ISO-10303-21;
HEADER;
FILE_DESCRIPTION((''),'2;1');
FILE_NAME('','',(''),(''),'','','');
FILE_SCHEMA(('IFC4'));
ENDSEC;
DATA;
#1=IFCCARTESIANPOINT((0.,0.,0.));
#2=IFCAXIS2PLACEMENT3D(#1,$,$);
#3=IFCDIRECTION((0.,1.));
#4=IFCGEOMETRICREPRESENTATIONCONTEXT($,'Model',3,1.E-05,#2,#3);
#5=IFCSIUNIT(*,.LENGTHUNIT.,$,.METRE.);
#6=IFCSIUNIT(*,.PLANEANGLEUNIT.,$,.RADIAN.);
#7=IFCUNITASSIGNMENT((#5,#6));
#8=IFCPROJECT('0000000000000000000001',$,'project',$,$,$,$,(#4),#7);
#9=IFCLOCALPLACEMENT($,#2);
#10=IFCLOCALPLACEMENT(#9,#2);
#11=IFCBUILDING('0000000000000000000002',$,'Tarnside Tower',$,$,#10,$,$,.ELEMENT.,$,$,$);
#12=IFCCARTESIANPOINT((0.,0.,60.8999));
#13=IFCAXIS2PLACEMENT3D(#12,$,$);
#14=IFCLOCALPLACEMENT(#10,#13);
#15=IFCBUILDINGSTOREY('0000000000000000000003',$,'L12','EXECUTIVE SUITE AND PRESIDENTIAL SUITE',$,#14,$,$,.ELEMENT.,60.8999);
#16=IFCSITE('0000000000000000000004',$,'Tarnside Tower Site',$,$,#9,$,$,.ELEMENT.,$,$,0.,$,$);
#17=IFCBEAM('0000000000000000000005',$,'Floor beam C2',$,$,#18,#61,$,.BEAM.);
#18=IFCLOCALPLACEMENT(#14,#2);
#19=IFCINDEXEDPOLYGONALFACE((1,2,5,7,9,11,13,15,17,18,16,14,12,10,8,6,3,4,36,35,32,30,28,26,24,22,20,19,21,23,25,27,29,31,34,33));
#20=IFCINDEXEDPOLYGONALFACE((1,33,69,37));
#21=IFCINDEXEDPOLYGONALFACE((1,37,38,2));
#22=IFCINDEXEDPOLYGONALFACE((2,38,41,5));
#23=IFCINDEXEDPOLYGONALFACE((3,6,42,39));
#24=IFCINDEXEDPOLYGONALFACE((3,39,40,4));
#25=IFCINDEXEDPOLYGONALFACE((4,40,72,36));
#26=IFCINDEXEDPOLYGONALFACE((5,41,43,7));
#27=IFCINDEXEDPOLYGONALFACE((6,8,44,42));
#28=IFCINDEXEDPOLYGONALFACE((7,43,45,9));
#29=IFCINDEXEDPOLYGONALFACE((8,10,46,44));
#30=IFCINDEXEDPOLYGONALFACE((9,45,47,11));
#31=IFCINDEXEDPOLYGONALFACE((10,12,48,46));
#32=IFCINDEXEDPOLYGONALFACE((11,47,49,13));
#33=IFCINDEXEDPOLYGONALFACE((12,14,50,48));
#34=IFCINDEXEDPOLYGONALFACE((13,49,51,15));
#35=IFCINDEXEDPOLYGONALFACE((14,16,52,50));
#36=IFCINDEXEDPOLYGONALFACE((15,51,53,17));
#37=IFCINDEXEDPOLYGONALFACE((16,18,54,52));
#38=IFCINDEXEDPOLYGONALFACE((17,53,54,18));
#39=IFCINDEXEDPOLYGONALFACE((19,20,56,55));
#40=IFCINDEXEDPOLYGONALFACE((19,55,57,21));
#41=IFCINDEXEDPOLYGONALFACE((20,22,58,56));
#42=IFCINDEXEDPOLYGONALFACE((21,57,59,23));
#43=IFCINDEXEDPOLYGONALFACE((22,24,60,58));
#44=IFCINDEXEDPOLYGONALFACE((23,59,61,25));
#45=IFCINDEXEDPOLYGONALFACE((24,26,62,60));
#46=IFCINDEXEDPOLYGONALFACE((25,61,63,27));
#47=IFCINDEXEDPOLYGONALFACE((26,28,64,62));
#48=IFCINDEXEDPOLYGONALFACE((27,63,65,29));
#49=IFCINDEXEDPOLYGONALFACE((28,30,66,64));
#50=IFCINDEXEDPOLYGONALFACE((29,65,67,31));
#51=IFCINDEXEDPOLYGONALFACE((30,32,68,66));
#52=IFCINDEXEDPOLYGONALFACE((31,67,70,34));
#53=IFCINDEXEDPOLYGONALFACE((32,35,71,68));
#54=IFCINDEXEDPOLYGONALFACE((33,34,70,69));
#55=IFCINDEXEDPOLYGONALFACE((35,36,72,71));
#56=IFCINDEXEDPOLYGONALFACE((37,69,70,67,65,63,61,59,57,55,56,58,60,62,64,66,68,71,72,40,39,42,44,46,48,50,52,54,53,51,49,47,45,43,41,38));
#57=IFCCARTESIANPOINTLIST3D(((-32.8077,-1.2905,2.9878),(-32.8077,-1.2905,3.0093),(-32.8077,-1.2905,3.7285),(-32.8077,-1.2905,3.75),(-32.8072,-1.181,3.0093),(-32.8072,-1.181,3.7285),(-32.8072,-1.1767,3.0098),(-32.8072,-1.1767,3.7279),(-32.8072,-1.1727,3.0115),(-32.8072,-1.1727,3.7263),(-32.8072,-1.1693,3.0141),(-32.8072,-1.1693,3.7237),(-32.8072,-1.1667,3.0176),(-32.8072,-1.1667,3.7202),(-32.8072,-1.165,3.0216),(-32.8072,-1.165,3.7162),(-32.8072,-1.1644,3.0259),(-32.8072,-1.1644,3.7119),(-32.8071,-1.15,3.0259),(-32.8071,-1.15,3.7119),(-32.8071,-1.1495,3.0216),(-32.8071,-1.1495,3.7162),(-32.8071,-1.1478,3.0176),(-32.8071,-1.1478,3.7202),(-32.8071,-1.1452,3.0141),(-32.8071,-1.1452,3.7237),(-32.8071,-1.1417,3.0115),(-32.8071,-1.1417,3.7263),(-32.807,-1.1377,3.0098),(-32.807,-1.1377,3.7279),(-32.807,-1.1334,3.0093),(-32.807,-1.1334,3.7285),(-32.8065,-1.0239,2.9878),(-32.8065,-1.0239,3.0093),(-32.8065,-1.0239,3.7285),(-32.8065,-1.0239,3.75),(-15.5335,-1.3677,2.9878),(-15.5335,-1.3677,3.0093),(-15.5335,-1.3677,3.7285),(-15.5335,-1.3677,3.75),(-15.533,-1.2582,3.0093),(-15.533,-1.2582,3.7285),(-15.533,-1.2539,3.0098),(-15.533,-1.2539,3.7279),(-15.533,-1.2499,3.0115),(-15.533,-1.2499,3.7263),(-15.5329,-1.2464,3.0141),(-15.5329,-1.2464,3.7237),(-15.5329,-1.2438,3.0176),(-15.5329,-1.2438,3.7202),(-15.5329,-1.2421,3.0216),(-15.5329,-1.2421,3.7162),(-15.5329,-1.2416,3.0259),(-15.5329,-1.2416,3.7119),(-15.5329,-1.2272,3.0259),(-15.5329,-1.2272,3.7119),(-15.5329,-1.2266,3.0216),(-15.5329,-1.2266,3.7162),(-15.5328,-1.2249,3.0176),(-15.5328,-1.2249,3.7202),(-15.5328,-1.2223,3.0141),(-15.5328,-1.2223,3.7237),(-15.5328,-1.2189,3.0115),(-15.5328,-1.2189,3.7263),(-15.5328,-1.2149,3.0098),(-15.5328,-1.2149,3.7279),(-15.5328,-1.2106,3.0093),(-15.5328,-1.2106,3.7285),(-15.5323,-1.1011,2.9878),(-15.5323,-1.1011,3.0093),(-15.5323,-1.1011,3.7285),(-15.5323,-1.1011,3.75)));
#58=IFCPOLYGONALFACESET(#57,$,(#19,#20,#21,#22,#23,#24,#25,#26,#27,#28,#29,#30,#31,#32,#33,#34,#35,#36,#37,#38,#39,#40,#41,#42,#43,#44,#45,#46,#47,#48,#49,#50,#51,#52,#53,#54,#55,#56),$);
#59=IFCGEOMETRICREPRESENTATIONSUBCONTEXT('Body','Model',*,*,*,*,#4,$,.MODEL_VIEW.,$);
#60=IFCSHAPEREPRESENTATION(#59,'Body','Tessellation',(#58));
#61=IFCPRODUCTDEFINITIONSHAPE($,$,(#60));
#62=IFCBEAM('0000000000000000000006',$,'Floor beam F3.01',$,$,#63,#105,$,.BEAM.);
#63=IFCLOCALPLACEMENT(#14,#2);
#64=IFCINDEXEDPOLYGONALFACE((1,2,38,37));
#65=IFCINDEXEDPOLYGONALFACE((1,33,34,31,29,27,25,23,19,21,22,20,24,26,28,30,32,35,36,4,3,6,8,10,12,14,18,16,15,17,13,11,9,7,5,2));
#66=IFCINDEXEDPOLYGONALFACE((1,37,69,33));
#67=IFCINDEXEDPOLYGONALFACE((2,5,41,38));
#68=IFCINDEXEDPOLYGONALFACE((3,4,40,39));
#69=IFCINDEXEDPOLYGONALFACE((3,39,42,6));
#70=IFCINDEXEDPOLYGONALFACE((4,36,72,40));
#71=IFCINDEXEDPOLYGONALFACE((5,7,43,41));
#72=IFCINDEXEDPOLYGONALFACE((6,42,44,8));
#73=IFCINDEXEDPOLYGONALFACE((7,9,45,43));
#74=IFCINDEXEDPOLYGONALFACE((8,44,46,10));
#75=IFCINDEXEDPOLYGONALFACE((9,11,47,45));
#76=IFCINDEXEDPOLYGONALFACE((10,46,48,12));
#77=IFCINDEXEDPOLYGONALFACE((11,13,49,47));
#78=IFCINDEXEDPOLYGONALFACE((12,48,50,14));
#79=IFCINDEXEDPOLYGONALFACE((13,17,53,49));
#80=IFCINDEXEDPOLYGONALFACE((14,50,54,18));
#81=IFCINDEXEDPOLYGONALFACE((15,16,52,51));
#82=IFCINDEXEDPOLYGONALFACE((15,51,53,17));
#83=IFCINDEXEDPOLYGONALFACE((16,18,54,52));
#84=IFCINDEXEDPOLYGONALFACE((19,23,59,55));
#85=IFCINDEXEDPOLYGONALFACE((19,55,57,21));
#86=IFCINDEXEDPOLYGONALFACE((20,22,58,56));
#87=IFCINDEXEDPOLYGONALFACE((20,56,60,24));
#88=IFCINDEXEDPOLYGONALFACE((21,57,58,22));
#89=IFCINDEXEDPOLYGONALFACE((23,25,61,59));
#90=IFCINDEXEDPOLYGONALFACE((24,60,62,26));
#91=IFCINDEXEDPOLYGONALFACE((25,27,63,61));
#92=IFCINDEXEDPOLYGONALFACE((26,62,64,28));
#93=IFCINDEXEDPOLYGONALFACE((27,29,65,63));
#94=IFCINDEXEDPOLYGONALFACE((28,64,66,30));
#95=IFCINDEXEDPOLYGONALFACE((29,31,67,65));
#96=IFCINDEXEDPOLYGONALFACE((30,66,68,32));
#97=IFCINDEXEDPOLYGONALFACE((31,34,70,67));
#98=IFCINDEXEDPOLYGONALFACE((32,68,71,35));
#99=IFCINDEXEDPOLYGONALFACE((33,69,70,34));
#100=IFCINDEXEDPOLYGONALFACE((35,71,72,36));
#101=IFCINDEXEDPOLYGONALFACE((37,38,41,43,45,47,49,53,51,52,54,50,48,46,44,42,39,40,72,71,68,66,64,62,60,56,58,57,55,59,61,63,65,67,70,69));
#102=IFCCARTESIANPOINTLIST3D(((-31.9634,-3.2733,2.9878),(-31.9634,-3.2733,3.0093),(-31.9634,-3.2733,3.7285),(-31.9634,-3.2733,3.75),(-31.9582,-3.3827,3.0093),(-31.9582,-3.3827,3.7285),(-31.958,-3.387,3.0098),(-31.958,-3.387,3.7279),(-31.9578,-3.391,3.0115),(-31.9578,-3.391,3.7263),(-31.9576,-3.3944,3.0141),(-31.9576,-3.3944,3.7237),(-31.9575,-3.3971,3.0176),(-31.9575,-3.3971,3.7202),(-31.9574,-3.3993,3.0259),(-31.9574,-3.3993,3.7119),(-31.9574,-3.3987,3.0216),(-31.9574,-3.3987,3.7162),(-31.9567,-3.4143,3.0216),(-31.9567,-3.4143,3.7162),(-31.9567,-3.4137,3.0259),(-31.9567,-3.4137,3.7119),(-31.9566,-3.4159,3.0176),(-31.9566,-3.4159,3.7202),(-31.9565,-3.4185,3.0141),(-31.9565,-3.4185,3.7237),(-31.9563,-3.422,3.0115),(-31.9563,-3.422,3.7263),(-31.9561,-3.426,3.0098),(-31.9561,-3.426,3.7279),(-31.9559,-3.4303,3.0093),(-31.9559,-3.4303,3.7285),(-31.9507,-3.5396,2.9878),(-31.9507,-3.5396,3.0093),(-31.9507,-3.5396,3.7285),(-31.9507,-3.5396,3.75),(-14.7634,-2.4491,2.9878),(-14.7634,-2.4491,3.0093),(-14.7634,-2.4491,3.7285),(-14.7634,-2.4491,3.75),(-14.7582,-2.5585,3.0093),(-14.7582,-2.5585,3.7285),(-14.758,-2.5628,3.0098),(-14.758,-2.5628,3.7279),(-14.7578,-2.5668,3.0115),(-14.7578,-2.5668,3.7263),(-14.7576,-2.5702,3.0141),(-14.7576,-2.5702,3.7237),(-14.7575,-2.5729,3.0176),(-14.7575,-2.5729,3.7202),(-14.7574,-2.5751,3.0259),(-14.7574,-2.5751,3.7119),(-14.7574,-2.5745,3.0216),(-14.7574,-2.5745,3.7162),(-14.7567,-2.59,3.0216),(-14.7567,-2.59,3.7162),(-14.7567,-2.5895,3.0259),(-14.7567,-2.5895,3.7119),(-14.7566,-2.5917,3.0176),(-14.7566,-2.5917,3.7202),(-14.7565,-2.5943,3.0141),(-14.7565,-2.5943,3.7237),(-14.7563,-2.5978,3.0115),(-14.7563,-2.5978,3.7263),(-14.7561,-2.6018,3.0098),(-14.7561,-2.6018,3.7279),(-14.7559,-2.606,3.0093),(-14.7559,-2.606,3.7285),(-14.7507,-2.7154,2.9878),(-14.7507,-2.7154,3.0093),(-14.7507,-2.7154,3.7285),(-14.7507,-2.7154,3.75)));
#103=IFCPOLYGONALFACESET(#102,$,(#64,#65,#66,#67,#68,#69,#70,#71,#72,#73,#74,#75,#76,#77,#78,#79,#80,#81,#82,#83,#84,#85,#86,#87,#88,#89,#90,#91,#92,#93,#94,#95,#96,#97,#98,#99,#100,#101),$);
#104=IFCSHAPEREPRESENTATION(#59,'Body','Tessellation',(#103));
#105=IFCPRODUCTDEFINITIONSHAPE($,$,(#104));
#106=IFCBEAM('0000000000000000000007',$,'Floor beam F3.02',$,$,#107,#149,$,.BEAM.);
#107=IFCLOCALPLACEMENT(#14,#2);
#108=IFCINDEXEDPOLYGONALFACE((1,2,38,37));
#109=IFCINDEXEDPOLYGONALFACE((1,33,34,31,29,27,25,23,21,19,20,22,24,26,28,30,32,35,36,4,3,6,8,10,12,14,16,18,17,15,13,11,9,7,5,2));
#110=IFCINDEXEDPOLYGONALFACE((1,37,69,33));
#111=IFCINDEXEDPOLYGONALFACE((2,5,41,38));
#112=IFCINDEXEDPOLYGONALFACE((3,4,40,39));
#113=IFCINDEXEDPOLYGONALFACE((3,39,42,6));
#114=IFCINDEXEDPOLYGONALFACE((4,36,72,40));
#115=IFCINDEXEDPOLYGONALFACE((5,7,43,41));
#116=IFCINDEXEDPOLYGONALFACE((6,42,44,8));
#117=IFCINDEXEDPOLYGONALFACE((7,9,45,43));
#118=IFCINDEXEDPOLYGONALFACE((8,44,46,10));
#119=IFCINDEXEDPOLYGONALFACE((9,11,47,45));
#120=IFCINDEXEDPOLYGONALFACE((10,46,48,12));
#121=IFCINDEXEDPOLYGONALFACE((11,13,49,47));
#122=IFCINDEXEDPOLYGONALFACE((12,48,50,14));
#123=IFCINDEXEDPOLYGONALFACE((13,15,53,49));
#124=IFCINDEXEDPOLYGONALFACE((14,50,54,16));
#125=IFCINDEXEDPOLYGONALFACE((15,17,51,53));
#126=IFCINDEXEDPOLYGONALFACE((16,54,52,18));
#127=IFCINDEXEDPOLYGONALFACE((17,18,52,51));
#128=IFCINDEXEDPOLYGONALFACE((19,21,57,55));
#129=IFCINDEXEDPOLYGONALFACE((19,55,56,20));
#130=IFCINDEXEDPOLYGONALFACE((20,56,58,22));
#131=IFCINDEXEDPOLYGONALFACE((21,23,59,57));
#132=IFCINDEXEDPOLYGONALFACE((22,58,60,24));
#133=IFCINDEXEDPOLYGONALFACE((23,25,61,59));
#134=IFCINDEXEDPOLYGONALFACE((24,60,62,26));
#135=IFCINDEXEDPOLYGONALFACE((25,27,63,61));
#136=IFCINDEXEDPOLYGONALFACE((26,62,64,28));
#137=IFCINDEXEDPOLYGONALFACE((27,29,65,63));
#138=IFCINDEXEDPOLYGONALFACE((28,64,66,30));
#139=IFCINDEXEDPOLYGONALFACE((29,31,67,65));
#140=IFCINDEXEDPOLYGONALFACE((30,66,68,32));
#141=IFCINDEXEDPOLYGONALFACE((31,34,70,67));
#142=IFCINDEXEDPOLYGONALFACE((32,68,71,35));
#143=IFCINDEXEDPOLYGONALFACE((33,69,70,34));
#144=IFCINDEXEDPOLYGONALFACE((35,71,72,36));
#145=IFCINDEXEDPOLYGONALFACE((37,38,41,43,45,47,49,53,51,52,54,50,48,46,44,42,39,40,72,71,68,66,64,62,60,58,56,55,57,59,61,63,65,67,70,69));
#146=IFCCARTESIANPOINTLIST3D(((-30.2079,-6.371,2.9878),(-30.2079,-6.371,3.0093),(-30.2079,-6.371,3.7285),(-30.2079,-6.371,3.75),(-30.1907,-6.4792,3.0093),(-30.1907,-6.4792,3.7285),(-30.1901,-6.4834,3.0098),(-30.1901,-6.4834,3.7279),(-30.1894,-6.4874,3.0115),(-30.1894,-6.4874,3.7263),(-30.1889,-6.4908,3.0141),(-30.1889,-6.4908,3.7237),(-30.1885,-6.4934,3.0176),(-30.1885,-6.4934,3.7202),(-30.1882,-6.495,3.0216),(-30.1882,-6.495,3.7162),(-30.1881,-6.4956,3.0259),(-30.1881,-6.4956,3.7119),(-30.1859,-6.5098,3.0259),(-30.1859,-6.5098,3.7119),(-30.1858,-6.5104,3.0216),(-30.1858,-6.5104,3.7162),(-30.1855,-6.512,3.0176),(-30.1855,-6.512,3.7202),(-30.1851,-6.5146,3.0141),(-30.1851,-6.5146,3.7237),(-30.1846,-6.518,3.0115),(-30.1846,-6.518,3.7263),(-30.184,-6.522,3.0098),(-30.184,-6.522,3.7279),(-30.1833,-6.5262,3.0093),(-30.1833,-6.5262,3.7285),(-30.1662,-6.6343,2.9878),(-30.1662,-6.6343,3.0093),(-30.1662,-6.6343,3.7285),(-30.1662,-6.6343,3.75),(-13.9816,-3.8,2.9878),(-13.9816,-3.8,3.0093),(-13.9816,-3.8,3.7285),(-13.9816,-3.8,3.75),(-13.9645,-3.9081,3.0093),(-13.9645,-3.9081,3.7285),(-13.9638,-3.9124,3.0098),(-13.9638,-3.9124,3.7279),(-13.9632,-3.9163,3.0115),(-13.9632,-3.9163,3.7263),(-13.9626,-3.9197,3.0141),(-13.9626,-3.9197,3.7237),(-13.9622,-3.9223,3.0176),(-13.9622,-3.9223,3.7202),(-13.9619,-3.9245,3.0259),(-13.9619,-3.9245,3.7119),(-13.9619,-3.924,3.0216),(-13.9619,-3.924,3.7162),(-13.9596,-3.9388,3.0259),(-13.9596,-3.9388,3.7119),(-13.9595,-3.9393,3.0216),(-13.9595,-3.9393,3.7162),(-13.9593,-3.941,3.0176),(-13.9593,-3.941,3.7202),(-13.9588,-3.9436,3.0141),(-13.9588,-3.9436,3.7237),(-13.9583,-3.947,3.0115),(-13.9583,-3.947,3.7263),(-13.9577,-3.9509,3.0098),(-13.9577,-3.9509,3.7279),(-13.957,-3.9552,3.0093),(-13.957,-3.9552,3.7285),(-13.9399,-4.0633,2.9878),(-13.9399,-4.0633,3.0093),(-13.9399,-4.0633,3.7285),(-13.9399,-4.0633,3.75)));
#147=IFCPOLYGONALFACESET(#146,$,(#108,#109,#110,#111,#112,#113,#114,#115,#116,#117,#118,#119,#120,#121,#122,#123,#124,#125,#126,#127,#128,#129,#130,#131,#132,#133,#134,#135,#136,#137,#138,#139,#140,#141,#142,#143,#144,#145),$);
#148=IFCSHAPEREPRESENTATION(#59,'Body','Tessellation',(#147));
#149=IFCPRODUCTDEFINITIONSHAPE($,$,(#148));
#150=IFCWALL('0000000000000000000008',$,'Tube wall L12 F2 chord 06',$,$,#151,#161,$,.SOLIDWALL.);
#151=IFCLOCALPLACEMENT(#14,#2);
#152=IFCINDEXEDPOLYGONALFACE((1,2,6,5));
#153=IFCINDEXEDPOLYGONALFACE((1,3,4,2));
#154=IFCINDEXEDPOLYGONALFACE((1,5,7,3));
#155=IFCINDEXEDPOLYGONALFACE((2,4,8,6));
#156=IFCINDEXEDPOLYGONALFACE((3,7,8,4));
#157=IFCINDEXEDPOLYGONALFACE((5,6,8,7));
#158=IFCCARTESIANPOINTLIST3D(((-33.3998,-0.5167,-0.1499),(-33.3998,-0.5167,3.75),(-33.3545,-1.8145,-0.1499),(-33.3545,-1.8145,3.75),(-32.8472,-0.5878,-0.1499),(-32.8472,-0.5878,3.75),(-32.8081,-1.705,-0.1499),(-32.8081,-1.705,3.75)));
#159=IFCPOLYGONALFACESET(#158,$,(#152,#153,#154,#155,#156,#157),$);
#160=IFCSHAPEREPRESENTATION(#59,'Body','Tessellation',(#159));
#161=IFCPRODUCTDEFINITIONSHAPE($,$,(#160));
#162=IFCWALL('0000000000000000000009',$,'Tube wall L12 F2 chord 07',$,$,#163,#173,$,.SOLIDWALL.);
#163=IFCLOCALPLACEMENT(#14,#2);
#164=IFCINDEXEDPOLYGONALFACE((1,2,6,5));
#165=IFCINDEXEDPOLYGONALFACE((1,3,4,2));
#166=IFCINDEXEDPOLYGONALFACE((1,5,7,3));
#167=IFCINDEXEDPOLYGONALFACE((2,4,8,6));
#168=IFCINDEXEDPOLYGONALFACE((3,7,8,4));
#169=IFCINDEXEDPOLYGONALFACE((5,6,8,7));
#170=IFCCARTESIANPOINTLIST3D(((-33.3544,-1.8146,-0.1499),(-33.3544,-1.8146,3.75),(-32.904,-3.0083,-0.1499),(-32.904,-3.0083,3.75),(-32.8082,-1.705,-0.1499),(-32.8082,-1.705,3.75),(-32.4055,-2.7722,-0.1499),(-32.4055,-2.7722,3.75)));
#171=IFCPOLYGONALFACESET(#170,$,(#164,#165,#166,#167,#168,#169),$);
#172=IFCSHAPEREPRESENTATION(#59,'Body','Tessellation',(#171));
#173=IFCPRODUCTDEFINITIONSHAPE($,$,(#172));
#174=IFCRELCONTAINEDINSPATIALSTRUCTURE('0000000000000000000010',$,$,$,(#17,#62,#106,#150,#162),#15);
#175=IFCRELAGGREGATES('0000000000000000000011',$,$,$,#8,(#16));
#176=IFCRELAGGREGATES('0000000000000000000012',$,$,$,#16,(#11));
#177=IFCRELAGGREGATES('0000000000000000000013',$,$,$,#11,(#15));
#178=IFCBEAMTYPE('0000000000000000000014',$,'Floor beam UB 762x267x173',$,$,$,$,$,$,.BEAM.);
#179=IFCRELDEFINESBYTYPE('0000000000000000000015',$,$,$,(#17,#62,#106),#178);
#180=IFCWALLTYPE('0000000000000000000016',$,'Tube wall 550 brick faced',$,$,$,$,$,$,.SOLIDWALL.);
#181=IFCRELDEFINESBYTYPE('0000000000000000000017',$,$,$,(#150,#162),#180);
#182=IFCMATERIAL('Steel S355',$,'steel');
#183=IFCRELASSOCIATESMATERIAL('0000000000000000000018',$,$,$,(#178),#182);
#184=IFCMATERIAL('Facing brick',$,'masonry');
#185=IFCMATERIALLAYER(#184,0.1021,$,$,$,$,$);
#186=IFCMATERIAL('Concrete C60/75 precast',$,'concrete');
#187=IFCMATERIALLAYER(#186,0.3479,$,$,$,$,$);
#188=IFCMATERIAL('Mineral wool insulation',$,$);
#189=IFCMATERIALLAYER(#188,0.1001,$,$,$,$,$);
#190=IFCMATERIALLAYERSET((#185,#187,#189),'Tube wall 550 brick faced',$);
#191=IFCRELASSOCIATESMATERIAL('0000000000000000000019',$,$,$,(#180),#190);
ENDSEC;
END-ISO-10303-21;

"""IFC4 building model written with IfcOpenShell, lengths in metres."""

from ifc_helpers import new_model, si_unit, direction, frame, origin, origin_2d, place, context, subcontext, project, spatial, polyline, i_section, outline, extrude, material, layer, layer_set, material_profile, profile_set, type_object, element, save


model = new_model("IFC4")

# Units and contexts
model_context = context("Model", 3, precision=1e-05, world=origin(), true_north=direction((0.0, 1.0)))
body_context = subcontext(model_context, "Body", "Model", "MODEL_VIEW")
ifc_project = project(units=[si_unit("LENGTHUNIT", "METRE"), si_unit("PLANEANGLEUNIT", "RADIAN")], contexts=[model_context])

# Site, building, storey
site_placement = place(None, origin())
site = spatial("IfcSite", under=ifc_project, at=site_placement, Name="Tarnside Tower Site", CompositionType="ELEMENT", RefElevation=0.0)
building_placement = place(site_placement, origin())
building = spatial("IfcBuilding", under=site, at=building_placement, Name="Tarnside Tower", CompositionType="ELEMENT")
storey_placement = place(building_placement, frame((0.0, 0.0, 60.8999)))
storey = spatial("IfcBuildingStorey", under=building, at=storey_placement, Name="L12", Description="EXECUTIVE SUITE AND PRESIDENTIAL SUITE", CompositionType="ELEMENT", Elevation=60.8999)

# Beams
ifc_material_1 = material(Name="Steel S355", Category="steel")
ifc_material_profile = material_profile(ifc_material_1, i_section(OverallWidth=0.2666, OverallDepth=0.7622, WebThickness=0.0144, FlangeThickness=0.0215, FilletRadius=0.0166, at=origin_2d()), Name="UB 762x267x173")
ifc_profile_set = profile_set([ifc_material_profile], Name="Steel S355")
beam_type = type_object("IfcBeamType", Name="Floor beam UB 762x267x173", PredefinedType="BEAM", material=ifc_profile_set)
beam_1_placement = place(storey_placement, frame((-32.8071, -1.1572, 3.3689), z_axis=(0.99999, -0.004466, 0.0), x_axis=(0.004466, 0.99999, 0.0)))
element("IfcBeam", 1, at=beam_1_placement, inside=storey, type_object=beam_type, Name="Floor beam C2", PredefinedType="BEAM", context=body_context, shape_type="SweptSolid", body=[
    extrude(i_section(OverallWidth=0.2666, OverallDepth=0.7622, WebThickness=0.0144, FlangeThickness=0.0215, FilletRadius=0.0166, at=origin_2d()), origin(), (0.0, 0.0, 1.0), 17.2744),
])
beam_2_placement = place(storey_placement, frame((-31.957, -3.4065, 3.3689), z_axis=(0.998854, 0.047865, 0.0), x_axis=(-0.047865, 0.998854, 0.0)))
element("IfcBeam", 2, at=beam_2_placement, inside=storey, type_object=beam_type, Name="Floor beam F3.01", PredefinedType="BEAM", context=body_context, shape_type="SweptSolid", body=[
    extrude(i_section(OverallWidth=0.2666, OverallDepth=0.7622, WebThickness=0.0144, FlangeThickness=0.0215, FilletRadius=0.0166, at=origin_2d()), origin(), (0.0, 0.0, 1.0), 17.2197),
])
beam_3_placement = place(storey_placement, frame((-30.187, -6.5027, 3.3689), z_axis=(0.987678, 0.156497, 0.0), x_axis=(-0.156497, 0.987678, 0.0)))
element("IfcBeam", 3, at=beam_3_placement, inside=storey, type_object=beam_type, Name="Floor beam F3.02", PredefinedType="BEAM", context=body_context, shape_type="SweptSolid", body=[
    extrude(i_section(OverallWidth=0.2666, OverallDepth=0.7622, WebThickness=0.0144, FlangeThickness=0.0215, FilletRadius=0.0166, at=origin_2d()), origin(), (0.0, 0.0, 1.0), 16.4287),
])

# Walls
ifc_material_2 = material(Name="Facing brick", Category="masonry")
ifc_layer_1 = layer(ifc_material_2, 0.1021)
ifc_material_3 = material(Name="Concrete C60/75 precast", Category="concrete")
ifc_layer_2 = layer(ifc_material_3, 0.3479)
ifc_material_4 = material(Name="Mineral wool insulation")
ifc_layer_3 = layer(ifc_material_4, 0.1001)
ifc_layer_set_1 = layer_set([ifc_layer_1, ifc_layer_2, ifc_layer_3], Name="Tube wall 550 brick faced")
wall_type = type_object("IfcWallType", Name="Tube wall 550 brick faced", PredefinedType="SOLIDWALL", material=ifc_layer_set_1)
wall_1_placement = place(storey_placement, frame((-33.1235, -0.5522, -0.1499), z_axis=(0.0, 0.0, 1.0), x_axis=(0.034956, -0.999389, 0.0)))
element("IfcWall", 4, at=wall_1_placement, inside=storey, type_object=wall_type, Name="Tube wall L12 F2 chord 06", PredefinedType="SOLIDWALL", context=body_context, shape_type="SweptSolid", body=[
    extrude(outline(polyline([(-0.0452, -0.2749), (1.2534, -0.2749), (1.1631, 0.2749), (0.0452, 0.2749), (-0.0452, -0.2749)])), origin(), (0.0, 0.0, 1.0), 3.8999),
])
wall_2_placement = place(storey_placement, frame((-33.0813, -1.7598, -0.1499), z_axis=(0.0, 0.0, 1.0), x_axis=(0.353027, -0.935613, 0.0)))
element("IfcWall", 5, at=wall_2_placement, inside=storey, type_object=wall_type, Name="Tube wall L12 F2 chord 07", PredefinedType="SOLIDWALL", context=body_context, shape_type="SweptSolid", body=[
    extrude(outline(polyline([(-0.0452, -0.2749), (1.2307, -0.2749), (1.1858, 0.2749), (0.0452, 0.2749), (-0.0452, -0.2749)])), origin(), (0.0, 0.0, 1.0), 3.8999),
])

save(model, "model.ifc")
